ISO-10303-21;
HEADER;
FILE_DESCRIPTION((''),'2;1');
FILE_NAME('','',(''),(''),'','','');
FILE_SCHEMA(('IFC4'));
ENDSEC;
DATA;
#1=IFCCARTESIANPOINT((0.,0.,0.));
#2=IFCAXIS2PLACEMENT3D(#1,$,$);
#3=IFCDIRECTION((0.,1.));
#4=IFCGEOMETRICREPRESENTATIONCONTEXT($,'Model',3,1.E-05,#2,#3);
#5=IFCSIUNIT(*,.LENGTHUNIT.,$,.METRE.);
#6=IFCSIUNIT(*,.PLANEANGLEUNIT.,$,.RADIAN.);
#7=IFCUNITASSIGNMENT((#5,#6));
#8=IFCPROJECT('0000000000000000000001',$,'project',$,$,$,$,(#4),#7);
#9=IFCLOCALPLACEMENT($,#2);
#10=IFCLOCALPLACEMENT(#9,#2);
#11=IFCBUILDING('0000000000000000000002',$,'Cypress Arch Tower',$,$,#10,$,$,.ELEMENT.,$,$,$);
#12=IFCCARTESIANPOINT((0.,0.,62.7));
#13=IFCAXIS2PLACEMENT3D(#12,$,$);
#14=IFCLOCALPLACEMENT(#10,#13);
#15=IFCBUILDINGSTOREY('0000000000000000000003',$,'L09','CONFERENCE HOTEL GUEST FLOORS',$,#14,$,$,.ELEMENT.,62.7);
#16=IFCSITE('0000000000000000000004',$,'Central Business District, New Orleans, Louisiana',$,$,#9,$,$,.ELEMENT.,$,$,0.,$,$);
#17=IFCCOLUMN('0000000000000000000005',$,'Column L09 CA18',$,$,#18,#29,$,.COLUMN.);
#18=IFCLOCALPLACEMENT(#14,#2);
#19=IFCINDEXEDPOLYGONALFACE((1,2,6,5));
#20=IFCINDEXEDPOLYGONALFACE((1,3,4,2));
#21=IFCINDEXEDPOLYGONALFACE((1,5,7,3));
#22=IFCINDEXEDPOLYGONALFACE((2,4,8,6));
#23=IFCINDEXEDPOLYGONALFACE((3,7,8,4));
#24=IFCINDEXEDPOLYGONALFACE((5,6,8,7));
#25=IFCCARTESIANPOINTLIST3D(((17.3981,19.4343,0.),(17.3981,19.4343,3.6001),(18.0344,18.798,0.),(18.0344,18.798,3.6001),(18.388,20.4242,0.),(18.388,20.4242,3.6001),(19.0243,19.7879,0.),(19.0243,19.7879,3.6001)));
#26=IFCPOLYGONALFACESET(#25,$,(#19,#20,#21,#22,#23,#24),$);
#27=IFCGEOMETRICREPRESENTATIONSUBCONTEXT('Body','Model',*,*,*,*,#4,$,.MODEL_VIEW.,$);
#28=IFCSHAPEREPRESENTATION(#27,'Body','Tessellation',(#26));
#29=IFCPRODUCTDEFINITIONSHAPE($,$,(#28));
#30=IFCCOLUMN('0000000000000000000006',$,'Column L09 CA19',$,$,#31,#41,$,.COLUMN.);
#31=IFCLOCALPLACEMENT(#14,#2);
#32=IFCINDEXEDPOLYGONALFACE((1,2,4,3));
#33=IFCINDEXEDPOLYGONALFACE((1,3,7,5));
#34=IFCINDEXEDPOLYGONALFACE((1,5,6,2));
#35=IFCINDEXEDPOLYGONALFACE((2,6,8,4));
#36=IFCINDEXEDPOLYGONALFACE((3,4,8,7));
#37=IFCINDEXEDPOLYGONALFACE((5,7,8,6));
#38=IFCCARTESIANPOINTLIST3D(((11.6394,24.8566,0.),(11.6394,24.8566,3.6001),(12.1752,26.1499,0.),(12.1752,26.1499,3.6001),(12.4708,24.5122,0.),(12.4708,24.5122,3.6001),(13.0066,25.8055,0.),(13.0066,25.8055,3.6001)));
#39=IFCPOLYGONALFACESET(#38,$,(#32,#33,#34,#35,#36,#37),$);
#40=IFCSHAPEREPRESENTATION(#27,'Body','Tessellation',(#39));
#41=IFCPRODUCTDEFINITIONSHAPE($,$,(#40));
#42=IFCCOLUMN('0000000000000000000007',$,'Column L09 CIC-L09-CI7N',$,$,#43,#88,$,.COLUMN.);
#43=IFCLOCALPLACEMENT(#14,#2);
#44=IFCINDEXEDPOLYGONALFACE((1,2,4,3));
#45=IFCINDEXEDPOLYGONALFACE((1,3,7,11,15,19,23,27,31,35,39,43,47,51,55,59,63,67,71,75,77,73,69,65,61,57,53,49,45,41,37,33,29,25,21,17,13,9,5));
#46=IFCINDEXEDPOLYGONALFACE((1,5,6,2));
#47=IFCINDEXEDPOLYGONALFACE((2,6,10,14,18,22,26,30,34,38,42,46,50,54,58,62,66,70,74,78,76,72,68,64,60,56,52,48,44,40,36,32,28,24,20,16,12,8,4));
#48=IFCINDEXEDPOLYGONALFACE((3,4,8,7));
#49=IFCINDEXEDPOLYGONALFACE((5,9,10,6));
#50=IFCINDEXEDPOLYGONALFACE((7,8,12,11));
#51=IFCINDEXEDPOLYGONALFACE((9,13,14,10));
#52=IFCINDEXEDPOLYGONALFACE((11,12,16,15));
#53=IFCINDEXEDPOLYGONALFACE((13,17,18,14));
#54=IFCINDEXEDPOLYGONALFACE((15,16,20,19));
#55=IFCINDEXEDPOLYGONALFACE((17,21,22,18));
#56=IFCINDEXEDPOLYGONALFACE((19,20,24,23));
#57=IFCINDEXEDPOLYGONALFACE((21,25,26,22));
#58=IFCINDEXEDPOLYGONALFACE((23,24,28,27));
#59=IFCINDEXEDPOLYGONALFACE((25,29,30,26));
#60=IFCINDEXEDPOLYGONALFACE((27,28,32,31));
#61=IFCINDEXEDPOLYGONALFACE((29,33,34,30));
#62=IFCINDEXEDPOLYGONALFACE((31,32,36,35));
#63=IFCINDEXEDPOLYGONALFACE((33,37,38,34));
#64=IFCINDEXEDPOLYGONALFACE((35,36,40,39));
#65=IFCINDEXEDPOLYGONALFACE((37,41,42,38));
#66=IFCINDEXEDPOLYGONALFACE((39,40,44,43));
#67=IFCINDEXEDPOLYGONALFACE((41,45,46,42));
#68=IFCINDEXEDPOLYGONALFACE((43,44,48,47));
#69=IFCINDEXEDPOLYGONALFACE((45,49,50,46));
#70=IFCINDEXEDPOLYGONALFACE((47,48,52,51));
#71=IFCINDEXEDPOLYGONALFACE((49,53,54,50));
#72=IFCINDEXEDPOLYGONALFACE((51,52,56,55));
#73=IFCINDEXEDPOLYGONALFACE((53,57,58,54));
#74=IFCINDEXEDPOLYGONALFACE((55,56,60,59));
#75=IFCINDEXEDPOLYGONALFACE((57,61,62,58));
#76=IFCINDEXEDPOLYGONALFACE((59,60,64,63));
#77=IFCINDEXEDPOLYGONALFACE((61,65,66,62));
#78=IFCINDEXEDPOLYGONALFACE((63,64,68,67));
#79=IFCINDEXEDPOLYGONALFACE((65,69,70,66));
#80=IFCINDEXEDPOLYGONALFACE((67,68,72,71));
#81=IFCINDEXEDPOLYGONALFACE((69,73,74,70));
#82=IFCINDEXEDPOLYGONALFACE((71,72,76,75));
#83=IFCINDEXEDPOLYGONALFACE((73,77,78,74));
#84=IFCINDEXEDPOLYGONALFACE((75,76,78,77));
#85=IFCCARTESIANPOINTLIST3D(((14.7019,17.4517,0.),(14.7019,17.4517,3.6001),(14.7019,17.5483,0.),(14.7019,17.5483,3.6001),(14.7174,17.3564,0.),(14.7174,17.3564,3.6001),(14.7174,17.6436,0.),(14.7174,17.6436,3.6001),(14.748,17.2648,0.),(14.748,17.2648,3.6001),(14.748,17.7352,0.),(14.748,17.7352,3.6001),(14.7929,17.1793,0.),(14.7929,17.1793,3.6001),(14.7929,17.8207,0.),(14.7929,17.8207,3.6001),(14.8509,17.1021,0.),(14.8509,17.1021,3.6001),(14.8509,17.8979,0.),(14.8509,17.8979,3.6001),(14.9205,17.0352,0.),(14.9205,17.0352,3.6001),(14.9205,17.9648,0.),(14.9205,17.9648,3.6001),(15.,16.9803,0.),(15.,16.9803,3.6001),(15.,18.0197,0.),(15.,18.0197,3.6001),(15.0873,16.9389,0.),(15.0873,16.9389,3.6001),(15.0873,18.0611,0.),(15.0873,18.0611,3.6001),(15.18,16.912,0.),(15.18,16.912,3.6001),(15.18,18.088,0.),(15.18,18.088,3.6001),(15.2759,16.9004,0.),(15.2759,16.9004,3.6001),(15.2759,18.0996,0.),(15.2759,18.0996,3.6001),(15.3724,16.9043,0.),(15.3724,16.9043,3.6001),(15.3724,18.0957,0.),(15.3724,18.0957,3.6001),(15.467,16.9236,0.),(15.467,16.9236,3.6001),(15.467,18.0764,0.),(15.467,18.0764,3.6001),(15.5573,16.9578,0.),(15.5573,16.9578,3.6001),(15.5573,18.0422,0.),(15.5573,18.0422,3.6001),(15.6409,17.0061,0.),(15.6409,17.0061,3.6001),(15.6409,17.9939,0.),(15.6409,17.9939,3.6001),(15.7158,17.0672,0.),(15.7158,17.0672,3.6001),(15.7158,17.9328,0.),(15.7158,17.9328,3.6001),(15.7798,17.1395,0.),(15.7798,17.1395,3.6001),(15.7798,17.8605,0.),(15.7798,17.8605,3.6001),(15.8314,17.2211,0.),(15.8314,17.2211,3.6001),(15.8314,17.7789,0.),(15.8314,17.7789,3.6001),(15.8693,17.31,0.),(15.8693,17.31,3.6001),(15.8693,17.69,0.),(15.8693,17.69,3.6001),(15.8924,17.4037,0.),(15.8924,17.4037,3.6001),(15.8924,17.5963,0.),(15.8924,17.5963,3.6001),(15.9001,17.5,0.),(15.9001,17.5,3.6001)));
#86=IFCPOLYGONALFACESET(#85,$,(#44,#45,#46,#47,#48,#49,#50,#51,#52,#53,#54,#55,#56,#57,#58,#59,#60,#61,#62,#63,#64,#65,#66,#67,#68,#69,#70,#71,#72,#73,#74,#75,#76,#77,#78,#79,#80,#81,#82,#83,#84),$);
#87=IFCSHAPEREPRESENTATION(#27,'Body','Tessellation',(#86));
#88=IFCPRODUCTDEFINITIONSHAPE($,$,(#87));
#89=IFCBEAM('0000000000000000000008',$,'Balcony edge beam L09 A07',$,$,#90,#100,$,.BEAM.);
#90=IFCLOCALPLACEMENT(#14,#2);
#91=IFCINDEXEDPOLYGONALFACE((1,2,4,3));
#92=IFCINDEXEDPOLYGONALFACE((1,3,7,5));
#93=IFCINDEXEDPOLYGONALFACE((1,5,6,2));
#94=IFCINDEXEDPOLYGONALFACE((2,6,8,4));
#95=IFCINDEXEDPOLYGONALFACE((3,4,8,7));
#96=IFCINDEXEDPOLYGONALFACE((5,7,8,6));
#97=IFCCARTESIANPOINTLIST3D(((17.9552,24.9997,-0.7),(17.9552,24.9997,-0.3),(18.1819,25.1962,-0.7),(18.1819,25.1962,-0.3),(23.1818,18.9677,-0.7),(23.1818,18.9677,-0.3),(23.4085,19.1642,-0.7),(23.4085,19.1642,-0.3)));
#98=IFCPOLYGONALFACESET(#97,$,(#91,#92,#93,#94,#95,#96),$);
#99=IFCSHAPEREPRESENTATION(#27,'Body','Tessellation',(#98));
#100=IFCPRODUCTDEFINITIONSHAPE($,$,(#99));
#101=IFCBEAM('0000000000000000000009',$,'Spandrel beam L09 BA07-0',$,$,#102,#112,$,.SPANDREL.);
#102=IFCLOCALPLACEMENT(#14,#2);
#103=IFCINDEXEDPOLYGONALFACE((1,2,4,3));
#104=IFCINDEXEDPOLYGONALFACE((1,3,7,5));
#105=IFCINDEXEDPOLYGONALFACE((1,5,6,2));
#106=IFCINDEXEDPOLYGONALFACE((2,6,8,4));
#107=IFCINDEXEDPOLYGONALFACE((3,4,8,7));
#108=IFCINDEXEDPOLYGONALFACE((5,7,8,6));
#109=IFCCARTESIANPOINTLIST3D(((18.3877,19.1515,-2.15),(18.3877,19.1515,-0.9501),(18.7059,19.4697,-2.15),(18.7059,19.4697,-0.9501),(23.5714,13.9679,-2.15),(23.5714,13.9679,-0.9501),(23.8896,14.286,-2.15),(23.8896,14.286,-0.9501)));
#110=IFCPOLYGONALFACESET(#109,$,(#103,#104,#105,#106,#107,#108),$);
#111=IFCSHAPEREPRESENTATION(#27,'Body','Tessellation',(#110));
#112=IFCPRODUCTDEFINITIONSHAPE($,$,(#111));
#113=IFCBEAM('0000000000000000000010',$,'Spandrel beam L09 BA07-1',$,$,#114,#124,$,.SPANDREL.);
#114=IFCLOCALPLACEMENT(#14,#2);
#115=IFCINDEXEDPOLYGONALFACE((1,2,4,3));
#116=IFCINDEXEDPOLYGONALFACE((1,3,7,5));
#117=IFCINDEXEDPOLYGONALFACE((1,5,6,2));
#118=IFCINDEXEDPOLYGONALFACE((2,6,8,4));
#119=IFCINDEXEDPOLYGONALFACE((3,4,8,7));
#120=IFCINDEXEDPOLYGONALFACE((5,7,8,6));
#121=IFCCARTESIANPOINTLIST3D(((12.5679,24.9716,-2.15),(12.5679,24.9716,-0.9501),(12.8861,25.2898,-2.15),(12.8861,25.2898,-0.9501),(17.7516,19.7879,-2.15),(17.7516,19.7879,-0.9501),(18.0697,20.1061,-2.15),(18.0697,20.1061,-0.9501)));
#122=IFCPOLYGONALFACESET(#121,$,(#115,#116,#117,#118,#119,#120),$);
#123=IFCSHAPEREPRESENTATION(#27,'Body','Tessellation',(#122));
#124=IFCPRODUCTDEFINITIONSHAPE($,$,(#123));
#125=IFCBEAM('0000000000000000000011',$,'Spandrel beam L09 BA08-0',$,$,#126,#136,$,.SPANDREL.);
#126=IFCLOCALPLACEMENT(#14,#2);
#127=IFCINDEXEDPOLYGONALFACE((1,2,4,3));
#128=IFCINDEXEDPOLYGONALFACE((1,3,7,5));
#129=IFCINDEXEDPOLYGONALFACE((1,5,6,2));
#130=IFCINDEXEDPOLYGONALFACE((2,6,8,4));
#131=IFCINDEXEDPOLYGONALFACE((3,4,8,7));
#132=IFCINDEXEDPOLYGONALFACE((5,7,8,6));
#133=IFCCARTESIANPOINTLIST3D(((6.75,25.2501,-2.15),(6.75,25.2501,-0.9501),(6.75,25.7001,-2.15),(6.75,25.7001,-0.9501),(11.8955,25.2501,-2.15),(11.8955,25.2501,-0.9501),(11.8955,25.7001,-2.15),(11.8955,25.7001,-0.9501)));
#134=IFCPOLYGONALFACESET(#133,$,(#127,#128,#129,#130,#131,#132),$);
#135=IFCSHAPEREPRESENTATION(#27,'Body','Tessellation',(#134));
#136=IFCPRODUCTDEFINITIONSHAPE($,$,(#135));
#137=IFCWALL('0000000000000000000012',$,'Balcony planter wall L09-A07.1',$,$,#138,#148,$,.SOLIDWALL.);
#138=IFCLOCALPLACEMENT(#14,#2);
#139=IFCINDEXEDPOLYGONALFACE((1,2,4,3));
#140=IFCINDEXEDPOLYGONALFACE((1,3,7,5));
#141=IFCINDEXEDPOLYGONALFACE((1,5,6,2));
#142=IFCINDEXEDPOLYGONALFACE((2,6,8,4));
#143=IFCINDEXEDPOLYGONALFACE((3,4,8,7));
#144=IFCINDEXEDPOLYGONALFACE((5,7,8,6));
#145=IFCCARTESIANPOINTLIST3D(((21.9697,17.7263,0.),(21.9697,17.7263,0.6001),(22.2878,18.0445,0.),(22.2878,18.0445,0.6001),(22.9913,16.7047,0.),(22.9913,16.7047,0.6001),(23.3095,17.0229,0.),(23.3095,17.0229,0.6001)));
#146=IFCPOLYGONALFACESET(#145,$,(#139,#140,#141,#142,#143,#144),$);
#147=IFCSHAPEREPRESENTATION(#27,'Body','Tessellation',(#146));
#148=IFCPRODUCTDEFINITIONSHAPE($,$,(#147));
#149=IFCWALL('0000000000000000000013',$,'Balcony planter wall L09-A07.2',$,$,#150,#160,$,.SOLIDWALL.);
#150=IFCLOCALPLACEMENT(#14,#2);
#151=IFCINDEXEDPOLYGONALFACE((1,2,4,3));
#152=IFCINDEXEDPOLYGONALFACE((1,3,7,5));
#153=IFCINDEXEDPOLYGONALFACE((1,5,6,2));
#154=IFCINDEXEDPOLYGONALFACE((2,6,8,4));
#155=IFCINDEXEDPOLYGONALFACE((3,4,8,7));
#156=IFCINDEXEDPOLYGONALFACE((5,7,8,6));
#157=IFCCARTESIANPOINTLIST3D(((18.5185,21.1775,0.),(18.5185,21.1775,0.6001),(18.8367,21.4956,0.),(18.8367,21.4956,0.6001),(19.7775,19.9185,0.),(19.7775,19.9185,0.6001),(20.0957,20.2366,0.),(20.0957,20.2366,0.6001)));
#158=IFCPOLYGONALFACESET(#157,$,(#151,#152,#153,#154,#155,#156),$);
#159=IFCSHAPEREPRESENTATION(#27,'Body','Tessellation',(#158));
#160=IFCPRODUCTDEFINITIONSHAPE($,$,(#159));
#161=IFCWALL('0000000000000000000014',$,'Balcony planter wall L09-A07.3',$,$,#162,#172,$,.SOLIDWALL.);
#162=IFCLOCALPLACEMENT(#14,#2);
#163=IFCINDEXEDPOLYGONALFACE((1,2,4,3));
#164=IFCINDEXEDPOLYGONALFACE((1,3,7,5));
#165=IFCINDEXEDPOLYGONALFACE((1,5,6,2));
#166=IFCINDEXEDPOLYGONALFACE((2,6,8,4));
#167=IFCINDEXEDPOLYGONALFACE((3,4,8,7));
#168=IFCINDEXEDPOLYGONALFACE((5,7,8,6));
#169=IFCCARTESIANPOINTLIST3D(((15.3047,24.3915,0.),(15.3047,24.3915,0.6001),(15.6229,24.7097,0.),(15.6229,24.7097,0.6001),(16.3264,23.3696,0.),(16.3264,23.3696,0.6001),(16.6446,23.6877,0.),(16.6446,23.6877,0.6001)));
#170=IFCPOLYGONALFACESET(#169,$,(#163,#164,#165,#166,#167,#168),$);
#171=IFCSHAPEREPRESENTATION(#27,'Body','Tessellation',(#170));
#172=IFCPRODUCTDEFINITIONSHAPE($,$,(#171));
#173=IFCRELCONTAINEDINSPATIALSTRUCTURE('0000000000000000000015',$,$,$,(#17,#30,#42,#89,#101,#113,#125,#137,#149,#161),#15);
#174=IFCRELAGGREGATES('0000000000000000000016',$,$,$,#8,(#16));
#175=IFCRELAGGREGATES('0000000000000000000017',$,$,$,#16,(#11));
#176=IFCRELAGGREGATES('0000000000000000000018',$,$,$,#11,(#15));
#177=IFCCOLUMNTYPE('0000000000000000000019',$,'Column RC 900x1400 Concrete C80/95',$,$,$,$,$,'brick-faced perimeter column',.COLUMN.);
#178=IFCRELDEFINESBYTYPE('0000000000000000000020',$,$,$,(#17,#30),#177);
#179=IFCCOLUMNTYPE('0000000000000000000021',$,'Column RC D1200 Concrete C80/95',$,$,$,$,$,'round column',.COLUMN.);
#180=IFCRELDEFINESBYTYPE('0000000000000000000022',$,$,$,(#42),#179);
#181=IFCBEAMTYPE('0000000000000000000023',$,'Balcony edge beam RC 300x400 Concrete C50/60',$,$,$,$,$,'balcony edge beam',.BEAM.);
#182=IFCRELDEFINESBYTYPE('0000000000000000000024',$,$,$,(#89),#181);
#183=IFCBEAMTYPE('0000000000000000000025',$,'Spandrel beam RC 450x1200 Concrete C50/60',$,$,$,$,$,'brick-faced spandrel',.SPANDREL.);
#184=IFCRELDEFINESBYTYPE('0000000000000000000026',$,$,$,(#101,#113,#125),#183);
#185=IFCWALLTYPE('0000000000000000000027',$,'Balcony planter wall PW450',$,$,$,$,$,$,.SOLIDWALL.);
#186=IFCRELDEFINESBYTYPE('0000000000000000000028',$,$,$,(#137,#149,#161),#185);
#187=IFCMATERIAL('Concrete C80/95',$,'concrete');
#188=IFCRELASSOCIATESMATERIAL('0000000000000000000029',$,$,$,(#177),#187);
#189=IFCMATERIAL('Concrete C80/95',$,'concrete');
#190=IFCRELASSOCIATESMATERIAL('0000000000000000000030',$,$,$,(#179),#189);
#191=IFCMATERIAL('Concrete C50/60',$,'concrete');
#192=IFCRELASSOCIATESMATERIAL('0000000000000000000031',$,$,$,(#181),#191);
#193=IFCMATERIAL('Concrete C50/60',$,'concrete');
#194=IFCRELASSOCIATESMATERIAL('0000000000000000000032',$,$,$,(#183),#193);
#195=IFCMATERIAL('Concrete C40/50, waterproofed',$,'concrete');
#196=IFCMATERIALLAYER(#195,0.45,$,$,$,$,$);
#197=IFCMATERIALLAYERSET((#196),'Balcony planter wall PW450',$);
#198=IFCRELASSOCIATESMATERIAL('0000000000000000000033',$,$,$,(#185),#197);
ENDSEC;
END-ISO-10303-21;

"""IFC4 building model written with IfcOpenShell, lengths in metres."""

from ifc_helpers import new_model, si_unit, direction, frame, frame_2d, origin, origin_2d, place, context, subcontext, project, spatial, rectangle, circle, extrude, material, layer, layer_set, material_profile, profile_set, type_object, element, save


model = new_model("IFC4")

# Units and contexts
model_context = context("Model", 3, precision=1e-05, world=origin(), true_north=direction((0.0, 1.0)))
body_context = subcontext(model_context, "Body", "Model", "MODEL_VIEW")
ifc_project = project(units=[si_unit("LENGTHUNIT", "METRE"), si_unit("PLANEANGLEUNIT", "RADIAN")], contexts=[model_context])

# Site, building, storey
site_placement = place(None, origin())
site = spatial("IfcSite", under=ifc_project, at=site_placement, Name="Central Business District, New Orleans, Louisiana", CompositionType="ELEMENT", RefElevation=0.0)
building_placement = place(site_placement, origin())
building = spatial("IfcBuilding", under=site, at=building_placement, Name="Cypress Arch Tower", CompositionType="ELEMENT")
storey_placement = place(building_placement, frame((0.0, 0.0, 62.7)))
storey = spatial("IfcBuildingStorey", under=building, at=storey_placement, Name="L09", Description="CONFERENCE HOTEL GUEST FLOORS", CompositionType="ELEMENT", Elevation=62.7)

# Columns
ifc_material_1 = material(Name="Concrete C80/95", Category="concrete")
ifc_material_profile_1 = material_profile(ifc_material_1, rectangle(XDim=0.8999, YDim=1.3999, at=origin_2d()), Name="RC 900x1400")
ifc_profile_set_1 = profile_set([ifc_material_profile_1], Name="Concrete C80/95")
column_type_1 = type_object("IfcColumnType", Name="Column RC 900x1400 Concrete C80/95", ElementType="brick-faced perimeter column", PredefinedType="COLUMN", material=ifc_profile_set_1)
for number, where, z_axis, x_axis, name in (
    (1, (18.2112, 19.6111, 0.0), (0.0, 0.0, 1.0), (-0.707107, 0.707107, 0.0), "Column L09 CA18"),
    (2, (12.323, 25.3311, 0.0), (0.0, 0.0, 1.0), (-0.92388, 0.382683, 0.0), "Column L09 CA19"),
):
    element("IfcColumn", number, at=place(storey_placement, frame(where, z_axis=z_axis, x_axis=x_axis)), inside=storey, type_object=column_type_1, Name=name, PredefinedType="COLUMN", context=body_context, shape_type="SweptSolid", body=[
        extrude(rectangle(XDim=0.8999, YDim=1.3999, at=origin_2d()), origin(), (0.0, 0.0, 1.0), 3.6001),
    ])
ifc_material_2 = material(Name="Concrete C80/95", Category="concrete")
ifc_material_profile_2 = material_profile(ifc_material_2, circle(Radius=0.6001, at=origin_2d()), Name="RC D1200")
ifc_profile_set_2 = profile_set([ifc_material_profile_2], Name="Concrete C80/95")
column_type_2 = type_object("IfcColumnType", Name="Column RC D1200 Concrete C80/95", ElementType="round column", PredefinedType="COLUMN", material=ifc_profile_set_2)
column_placement = place(storey_placement, frame((15.3, 17.5, 0.0), z_axis=(0.0, 0.0, 1.0), x_axis=(1.0, 0.0, 0.0)))
element("IfcColumn", 3, at=column_placement, inside=storey, type_object=column_type_2, Name="Column L09 CIC-L09-CI7N", PredefinedType="COLUMN", context=body_context, shape_type="SweptSolid", body=[
    extrude(circle(Radius=0.6001, at=origin_2d()), origin(), (0.0, 0.0, 1.0), 3.6001),
])

# Beams
ifc_material_3 = material(Name="Concrete C50/60", Category="concrete")
ifc_material_profile_3 = material_profile(ifc_material_3, rectangle(XDim=0.3, YDim=0.3999, at=origin_2d()), Name="RC 300x400")
ifc_profile_set_3 = profile_set([ifc_material_profile_3], Name="Concrete C50/60")
beam_type_1 = type_object("IfcBeamType", Name="Balcony edge beam RC 300x400 Concrete C50/60", ElementType="balcony edge beam", PredefinedType="BEAM", material=ifc_profile_set_3)
beam_1_placement = place(storey_placement, frame((23.2952, 19.0659, -0.5), z_axis=(-0.654848, 0.755761, 0.0), x_axis=(-0.755761, -0.654848, 0.0)))
element("IfcBeam", 4, at=beam_1_placement, inside=storey, type_object=beam_type_1, Name="Balcony edge beam L09 A07", PredefinedType="BEAM", context=body_context, shape_type="SweptSolid", body=[
    extrude(rectangle(XDim=0.3, YDim=0.3999, at=origin_2d()), origin(), (0.0, 0.0, 1.0), 7.9814),
])
ifc_material_4 = material(Name="Concrete C50/60", Category="concrete")
ifc_material_profile_4 = material_profile(ifc_material_4, rectangle(XDim=0.45, YDim=1.2, at=origin_2d()), Name="RC 450x1200")
ifc_profile_set_4 = profile_set([ifc_material_profile_4], Name="Concrete C50/60")
beam_type_2 = type_object("IfcBeamType", Name="Spandrel beam RC 450x1200 Concrete C50/60", ElementType="brick-faced spandrel", PredefinedType="SPANDREL", material=ifc_profile_set_4)
for number, where, z_axis, x_axis, name in (
    (5, (23.7305, 14.127, -1.55), (-0.707107, 0.707107, 0.0), (-0.707107, -0.707107, 0.0), "Spandrel beam L09 BA07-0"),
    (6, (17.9106, 19.947, -1.55), (-0.707107, 0.707107, 0.0), (-0.707107, -0.707107, 0.0), "Spandrel beam L09 BA07-1"),
):
    element("IfcBeam", number, at=place(storey_placement, frame(where, z_axis=z_axis, x_axis=x_axis)), inside=storey, type_object=beam_type_2, Name=name, PredefinedType="SPANDREL", context=body_context, shape_type="SweptSolid", body=[
        extrude(rectangle(XDim=0.45, YDim=1.2, at=origin_2d()), origin(), (0.0, 0.0, 1.0), 7.3308),
    ])
beam_2_placement = place(storey_placement, frame((11.8955, 25.4751, -1.55), z_axis=(-1.0, 0.0, 0.0), x_axis=(0.0, -1.0, 0.0)))
element("IfcBeam", 7, at=beam_2_placement, inside=storey, type_object=beam_type_2, Name="Spandrel beam L09 BA08-0", PredefinedType="SPANDREL", context=body_context, shape_type="SweptSolid", body=[
    extrude(rectangle(XDim=0.45, YDim=1.2, at=origin_2d()), origin(), (0.0, 0.0, 1.0), 5.1455),
])

# Walls
ifc_material_5 = material(Name="Concrete C40/50, waterproofed", Category="concrete")
ifc_layer_1 = layer(ifc_material_5, 0.45)
ifc_layer_set_1 = layer_set([ifc_layer_1], Name="Balcony planter wall PW450")
wall_type_1 = type_object("IfcWallType", Name="Balcony planter wall PW450", PredefinedType="SOLIDWALL", material=ifc_layer_set_1)
wall_1_placement = place(storey_placement, frame((23.1504, 16.8638, 0.0), z_axis=(0.0, 0.0, 1.0), x_axis=(-0.707107, 0.707107, 0.0)))
element("IfcWall", 8, at=wall_1_placement, inside=storey, type_object=wall_type_1, Name="Balcony planter wall L09-A07.1", PredefinedType="SOLIDWALL", context=body_context, shape_type="SweptSolid", body=[
    extrude(rectangle(XDim=1.4448, YDim=0.45, at=frame_2d((0.7224, 0.0))), origin(), (0.0, 0.0, 1.0), 0.6001),
])
wall_2_placement = place(storey_placement, frame((19.9365, 20.0776, 0.0), z_axis=(0.0, 0.0, 1.0), x_axis=(-0.707107, 0.707107, 0.0)))
element("IfcWall", 9, at=wall_2_placement, inside=storey, type_object=wall_type_1, Name="Balcony planter wall L09-A07.2", PredefinedType="SOLIDWALL", context=body_context, shape_type="SweptSolid", body=[
    extrude(rectangle(XDim=1.7805, YDim=0.45, at=frame_2d((0.8901, 0.0))), origin(), (0.0, 0.0, 1.0), 0.6001),
])
wall_3_placement = place(storey_placement, frame((16.4856, 23.5286, 0.0), z_axis=(0.0, 0.0, 1.0), x_axis=(-0.707022, 0.707191, 0.0)))
element("IfcWall", 10, at=wall_3_placement, inside=storey, type_object=wall_type_1, Name="Balcony planter wall L09-A07.3", PredefinedType="SOLIDWALL", context=body_context, shape_type="SweptSolid", body=[
    extrude(rectangle(XDim=1.4451, YDim=0.45, at=frame_2d((0.7227, 0.0))), origin(), (0.0, 0.0, 1.0), 0.6001),
])

save(model, "model.ifc")
